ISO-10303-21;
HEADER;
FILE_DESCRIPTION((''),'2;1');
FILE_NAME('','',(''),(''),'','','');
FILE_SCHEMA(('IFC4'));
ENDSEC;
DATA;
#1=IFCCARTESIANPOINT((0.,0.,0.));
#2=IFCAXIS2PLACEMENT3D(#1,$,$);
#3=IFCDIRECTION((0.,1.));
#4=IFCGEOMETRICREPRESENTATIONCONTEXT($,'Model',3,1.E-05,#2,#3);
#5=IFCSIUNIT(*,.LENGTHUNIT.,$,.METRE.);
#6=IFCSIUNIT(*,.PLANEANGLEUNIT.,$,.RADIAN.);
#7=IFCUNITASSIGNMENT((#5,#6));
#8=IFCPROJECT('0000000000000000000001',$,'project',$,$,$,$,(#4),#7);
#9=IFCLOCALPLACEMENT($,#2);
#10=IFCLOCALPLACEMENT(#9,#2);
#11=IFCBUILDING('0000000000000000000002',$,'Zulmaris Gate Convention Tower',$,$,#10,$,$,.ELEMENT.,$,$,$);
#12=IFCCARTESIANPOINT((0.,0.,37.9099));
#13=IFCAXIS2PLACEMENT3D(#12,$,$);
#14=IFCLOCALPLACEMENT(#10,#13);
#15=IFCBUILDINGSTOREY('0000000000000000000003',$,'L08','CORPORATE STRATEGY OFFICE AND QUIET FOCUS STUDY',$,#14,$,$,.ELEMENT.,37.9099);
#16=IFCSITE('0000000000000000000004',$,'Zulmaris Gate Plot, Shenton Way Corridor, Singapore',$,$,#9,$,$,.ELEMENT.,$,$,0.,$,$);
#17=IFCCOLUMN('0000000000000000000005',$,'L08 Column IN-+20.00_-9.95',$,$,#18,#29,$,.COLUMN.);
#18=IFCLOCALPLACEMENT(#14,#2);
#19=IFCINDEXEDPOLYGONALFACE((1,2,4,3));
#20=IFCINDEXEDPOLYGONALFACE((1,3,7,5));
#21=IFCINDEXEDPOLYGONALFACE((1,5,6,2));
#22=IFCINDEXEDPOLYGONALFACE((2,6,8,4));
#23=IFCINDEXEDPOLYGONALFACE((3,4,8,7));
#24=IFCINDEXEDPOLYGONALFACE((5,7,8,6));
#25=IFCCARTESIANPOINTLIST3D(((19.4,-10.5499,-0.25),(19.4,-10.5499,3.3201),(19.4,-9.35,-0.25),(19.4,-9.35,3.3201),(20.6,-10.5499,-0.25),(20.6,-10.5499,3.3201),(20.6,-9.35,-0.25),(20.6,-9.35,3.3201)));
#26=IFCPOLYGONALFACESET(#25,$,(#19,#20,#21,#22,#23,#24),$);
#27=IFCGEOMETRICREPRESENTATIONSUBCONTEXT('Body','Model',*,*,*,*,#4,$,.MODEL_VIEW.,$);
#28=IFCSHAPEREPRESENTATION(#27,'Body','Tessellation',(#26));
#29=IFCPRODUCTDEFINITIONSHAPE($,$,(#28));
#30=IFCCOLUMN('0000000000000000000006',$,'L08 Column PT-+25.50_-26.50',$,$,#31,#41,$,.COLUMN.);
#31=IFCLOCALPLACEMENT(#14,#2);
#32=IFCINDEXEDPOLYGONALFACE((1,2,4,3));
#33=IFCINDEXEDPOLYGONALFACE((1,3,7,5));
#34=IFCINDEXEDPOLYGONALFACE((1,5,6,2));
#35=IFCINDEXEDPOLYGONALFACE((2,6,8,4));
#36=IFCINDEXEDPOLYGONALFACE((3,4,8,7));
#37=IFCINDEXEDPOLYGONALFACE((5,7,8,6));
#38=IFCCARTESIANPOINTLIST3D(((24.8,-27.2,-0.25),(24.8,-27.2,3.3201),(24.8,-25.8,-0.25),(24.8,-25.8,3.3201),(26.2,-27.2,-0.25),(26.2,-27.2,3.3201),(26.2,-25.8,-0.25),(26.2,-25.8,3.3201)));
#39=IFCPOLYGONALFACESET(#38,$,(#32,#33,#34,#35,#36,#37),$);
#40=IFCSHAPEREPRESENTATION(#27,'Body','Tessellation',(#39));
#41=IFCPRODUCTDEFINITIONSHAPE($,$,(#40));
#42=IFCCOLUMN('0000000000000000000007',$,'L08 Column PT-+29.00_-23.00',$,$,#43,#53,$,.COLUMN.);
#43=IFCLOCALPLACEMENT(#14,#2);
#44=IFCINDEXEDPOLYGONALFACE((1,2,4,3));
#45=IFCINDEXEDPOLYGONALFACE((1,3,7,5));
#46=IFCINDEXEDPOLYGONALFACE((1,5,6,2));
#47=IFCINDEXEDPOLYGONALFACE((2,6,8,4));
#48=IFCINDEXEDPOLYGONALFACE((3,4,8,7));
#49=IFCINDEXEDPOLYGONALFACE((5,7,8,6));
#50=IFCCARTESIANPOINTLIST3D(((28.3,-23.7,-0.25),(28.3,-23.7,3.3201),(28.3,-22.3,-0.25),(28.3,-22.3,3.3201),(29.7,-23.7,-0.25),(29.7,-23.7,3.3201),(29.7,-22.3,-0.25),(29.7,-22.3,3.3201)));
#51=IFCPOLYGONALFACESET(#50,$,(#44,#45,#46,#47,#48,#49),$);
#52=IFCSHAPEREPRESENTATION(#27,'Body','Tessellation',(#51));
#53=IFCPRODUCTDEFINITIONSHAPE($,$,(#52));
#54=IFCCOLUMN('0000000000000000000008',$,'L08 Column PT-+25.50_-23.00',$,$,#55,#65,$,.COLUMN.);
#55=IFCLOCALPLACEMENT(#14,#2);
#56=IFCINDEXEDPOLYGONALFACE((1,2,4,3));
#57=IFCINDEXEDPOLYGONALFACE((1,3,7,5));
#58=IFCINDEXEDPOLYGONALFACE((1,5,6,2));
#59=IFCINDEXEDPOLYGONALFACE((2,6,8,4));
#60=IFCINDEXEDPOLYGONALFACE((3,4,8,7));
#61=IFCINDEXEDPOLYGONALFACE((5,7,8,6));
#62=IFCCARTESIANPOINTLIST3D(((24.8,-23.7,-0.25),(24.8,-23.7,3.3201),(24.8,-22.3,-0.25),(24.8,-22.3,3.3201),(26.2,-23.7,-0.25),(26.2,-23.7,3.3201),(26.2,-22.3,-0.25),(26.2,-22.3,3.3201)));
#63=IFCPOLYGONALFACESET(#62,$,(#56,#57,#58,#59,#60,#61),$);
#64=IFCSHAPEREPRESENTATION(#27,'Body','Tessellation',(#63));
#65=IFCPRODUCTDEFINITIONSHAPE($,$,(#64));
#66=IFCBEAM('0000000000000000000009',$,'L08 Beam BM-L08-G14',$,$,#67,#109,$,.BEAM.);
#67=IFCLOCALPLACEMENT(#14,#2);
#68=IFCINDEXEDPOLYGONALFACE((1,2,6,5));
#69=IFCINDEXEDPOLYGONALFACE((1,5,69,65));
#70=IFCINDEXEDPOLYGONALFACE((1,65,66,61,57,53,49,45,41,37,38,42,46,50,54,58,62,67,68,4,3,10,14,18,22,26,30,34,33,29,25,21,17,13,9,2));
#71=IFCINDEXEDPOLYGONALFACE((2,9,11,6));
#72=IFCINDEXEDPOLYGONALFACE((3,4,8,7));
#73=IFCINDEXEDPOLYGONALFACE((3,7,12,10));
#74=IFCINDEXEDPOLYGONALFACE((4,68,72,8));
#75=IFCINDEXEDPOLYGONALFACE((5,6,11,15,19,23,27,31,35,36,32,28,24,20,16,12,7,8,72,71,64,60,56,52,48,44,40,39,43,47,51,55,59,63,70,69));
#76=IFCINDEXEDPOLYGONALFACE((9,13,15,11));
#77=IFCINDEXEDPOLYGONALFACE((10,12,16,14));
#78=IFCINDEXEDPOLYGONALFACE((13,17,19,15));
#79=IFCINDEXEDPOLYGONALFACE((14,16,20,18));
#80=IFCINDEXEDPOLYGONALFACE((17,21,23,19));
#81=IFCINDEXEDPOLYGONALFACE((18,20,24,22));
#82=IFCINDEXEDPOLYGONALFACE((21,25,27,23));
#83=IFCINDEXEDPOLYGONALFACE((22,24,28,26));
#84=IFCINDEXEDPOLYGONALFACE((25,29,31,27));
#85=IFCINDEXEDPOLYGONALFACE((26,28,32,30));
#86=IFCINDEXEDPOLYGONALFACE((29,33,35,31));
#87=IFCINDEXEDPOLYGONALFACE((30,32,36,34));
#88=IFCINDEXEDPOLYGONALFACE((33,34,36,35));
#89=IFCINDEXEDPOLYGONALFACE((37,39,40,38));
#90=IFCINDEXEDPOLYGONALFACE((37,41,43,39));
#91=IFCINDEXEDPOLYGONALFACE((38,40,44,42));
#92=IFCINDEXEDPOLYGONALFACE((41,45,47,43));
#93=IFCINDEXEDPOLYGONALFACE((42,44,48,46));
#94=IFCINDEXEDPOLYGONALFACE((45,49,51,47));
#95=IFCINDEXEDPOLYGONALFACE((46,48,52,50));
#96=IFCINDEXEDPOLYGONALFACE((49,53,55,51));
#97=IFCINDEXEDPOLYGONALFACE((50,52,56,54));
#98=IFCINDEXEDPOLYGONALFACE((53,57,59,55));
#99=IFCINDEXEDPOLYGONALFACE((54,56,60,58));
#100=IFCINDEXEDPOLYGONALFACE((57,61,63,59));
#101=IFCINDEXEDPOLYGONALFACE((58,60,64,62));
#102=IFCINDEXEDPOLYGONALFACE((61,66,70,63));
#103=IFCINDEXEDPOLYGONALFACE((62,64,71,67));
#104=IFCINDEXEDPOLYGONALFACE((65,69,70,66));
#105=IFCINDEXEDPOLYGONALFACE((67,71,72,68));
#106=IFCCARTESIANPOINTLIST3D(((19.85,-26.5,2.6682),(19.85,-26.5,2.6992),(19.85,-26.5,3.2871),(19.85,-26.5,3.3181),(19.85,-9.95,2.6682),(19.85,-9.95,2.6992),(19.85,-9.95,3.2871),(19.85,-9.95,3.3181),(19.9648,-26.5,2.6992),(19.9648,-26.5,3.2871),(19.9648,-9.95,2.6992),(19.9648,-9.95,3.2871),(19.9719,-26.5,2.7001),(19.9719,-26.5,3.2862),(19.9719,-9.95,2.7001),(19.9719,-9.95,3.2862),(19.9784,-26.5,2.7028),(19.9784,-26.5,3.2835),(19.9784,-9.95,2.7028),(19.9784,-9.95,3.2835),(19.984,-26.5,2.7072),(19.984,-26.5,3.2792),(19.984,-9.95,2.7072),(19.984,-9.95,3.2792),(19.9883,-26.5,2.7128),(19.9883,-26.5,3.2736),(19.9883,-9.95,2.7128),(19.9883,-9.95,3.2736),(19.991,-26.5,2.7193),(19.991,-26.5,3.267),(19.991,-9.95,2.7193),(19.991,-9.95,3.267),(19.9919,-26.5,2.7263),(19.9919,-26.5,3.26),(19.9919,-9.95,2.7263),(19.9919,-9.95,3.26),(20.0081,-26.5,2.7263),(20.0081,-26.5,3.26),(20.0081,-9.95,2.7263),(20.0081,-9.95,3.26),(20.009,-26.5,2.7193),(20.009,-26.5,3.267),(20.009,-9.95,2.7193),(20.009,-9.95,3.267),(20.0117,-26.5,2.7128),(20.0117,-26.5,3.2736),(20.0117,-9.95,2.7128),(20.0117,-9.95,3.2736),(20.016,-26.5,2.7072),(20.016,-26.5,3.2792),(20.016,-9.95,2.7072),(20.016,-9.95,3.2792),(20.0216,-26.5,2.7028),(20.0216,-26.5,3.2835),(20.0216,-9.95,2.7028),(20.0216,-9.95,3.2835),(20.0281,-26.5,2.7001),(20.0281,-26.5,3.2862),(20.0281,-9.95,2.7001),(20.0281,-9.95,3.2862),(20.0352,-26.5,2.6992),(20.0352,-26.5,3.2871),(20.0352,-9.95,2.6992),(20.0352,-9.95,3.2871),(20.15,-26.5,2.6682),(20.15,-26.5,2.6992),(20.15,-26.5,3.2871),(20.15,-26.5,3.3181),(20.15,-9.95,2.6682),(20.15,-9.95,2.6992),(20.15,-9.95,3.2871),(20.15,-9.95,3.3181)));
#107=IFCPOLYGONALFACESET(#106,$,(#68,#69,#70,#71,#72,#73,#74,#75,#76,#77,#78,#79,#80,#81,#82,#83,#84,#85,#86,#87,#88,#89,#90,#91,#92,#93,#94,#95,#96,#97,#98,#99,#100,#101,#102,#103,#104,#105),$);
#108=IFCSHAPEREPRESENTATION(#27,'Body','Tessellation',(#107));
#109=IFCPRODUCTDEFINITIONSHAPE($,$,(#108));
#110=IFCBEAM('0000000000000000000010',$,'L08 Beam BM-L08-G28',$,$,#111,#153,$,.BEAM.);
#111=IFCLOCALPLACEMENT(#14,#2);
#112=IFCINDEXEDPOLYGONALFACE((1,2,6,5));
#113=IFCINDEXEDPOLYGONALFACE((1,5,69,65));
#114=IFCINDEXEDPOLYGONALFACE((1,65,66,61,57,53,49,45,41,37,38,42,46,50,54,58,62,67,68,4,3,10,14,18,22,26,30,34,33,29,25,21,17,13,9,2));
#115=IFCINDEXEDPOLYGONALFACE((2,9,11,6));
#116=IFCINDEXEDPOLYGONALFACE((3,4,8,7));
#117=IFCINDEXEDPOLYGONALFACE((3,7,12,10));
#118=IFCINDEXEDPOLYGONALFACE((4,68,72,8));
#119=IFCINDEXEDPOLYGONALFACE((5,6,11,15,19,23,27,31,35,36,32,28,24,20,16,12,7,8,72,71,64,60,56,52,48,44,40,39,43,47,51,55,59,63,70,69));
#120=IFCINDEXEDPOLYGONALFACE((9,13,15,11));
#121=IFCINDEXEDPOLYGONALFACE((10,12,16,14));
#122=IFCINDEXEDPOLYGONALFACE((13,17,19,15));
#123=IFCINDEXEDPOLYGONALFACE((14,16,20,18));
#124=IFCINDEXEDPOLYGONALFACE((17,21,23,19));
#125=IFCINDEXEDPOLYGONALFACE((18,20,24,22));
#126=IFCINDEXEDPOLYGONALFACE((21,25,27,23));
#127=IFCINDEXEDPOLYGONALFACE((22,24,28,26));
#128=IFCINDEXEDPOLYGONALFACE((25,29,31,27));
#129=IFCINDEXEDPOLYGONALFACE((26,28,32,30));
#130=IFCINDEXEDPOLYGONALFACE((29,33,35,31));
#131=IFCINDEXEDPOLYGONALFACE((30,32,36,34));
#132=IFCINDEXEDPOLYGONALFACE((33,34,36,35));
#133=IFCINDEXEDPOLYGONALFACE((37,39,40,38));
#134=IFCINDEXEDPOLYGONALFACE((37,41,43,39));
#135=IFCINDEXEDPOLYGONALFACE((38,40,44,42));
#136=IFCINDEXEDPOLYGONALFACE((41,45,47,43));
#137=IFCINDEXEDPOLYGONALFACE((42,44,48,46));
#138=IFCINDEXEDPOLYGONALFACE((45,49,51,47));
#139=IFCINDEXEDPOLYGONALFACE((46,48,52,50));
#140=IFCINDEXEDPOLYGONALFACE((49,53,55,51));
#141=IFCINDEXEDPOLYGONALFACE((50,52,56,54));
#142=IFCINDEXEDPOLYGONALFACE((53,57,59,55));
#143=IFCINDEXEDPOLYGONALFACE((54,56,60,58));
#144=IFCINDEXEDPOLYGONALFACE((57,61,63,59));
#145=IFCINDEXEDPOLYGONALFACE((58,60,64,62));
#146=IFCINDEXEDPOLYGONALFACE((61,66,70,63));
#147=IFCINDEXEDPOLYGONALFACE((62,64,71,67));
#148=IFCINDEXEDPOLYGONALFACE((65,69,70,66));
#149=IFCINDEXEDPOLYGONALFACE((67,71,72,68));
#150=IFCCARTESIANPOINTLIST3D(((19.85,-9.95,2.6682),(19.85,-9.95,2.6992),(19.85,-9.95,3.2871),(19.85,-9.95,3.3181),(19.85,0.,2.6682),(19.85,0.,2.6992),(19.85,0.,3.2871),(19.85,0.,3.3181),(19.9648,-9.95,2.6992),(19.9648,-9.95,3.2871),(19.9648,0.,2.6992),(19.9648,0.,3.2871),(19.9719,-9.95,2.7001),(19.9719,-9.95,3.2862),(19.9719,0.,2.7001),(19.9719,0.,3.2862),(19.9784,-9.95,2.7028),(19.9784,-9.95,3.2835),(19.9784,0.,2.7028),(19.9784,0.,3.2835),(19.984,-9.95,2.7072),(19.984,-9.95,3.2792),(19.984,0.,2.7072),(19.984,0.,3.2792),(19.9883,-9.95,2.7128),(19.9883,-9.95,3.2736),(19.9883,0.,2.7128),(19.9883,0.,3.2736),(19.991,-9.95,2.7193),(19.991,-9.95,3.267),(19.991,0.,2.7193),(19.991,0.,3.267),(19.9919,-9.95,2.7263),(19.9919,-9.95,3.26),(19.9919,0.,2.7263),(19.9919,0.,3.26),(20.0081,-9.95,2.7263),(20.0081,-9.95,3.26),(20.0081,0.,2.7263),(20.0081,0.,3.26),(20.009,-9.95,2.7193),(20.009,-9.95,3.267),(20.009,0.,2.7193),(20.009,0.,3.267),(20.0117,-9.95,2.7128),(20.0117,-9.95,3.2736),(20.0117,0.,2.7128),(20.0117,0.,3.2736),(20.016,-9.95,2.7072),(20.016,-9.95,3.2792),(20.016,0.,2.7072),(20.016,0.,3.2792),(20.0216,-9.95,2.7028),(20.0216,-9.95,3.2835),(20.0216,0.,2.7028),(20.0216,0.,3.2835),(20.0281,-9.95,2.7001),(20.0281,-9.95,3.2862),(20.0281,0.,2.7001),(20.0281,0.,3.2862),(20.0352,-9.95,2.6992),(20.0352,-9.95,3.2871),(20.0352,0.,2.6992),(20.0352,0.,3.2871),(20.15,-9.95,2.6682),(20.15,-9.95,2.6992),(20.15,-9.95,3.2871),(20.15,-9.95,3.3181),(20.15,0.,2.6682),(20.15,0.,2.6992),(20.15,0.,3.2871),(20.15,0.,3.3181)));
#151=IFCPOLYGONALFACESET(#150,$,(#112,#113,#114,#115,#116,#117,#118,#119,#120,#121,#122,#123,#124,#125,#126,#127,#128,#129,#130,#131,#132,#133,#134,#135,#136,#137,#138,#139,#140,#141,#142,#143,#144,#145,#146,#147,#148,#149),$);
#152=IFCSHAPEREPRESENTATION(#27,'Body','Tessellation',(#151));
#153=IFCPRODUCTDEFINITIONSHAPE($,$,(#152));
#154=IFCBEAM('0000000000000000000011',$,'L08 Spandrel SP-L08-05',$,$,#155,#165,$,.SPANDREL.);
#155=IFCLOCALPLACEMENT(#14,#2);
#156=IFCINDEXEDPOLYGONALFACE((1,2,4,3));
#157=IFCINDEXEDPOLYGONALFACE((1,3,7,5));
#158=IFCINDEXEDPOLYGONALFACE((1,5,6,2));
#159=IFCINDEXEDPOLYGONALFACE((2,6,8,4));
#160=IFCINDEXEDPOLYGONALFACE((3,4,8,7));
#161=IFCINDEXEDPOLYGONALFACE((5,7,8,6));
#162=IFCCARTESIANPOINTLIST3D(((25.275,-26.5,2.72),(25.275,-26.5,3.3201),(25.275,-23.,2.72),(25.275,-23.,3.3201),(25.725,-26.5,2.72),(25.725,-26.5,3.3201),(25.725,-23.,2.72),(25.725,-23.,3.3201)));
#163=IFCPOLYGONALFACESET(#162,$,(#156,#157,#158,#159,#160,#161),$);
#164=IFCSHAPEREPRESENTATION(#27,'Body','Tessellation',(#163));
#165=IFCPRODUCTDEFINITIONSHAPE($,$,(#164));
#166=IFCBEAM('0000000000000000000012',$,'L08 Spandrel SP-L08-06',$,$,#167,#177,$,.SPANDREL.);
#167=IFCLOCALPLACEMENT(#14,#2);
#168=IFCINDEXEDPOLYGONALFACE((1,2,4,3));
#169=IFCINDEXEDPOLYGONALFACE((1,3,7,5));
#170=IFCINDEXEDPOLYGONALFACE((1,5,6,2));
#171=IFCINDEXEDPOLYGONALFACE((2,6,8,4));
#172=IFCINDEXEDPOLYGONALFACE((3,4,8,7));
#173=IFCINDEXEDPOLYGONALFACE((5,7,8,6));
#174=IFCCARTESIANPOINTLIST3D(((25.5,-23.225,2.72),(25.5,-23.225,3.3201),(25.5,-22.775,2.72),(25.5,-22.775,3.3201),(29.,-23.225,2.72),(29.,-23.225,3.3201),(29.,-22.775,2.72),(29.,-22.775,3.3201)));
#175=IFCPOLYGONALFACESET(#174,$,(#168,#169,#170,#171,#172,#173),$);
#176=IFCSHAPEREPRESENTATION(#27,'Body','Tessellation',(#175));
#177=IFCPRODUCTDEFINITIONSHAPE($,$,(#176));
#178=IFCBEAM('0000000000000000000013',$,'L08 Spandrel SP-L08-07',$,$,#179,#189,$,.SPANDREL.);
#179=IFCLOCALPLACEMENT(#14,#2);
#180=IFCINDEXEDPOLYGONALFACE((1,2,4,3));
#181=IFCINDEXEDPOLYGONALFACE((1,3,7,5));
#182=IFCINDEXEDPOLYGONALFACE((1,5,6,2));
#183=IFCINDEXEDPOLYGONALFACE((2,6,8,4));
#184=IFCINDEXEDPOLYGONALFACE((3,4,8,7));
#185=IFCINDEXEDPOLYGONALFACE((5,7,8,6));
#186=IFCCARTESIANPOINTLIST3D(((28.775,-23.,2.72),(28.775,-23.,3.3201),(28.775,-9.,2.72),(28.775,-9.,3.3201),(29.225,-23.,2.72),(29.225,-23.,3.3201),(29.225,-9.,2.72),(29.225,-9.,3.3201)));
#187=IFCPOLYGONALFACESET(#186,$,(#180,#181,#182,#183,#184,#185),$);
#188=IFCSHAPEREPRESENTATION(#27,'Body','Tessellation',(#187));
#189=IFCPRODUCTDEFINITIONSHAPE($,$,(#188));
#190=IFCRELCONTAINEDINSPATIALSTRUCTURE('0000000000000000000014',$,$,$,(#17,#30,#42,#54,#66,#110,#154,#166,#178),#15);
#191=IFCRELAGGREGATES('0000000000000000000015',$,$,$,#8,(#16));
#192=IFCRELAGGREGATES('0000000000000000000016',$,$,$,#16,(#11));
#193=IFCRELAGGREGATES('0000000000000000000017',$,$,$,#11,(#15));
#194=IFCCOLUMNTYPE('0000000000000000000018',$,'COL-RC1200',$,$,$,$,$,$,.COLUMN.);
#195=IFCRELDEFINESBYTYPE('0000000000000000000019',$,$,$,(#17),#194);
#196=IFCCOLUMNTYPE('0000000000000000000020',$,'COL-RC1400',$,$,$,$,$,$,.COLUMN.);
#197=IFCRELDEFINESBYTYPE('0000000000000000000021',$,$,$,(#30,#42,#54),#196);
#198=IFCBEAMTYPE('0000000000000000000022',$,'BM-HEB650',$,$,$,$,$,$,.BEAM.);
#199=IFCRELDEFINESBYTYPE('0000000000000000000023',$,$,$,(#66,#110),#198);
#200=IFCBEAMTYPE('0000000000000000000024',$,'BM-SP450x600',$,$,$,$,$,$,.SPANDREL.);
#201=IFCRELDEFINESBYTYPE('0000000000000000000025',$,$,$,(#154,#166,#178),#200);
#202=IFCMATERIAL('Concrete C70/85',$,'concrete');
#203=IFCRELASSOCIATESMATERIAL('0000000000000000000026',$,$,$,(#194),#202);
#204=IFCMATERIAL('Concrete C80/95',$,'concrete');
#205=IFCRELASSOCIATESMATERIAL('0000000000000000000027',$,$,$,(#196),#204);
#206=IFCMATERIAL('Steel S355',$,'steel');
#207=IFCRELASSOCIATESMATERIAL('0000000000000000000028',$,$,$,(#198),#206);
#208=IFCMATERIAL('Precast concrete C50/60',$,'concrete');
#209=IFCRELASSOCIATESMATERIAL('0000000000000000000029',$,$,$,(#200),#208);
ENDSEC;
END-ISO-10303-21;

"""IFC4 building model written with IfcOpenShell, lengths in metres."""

from ifc_helpers import new_model, si_unit, direction, frame, origin, origin_2d, place, context, subcontext, project, spatial, rectangle, i_section, extrude, material, material_profile, profile_set, type_object, element, save


model = new_model("IFC4")

# Units and contexts
model_context = context("Model", 3, precision=1e-05, world=origin(), true_north=direction((0.0, 1.0)))
body_context = subcontext(model_context, "Body", "Model", "MODEL_VIEW")
ifc_project = project(units=[si_unit("LENGTHUNIT", "METRE"), si_unit("PLANEANGLEUNIT", "RADIAN")], contexts=[model_context])

# Site, building, storey
site_placement = place(None, origin())
site = spatial("IfcSite", under=ifc_project, at=site_placement, Name="Zulmaris Gate Plot, Shenton Way Corridor, Singapore", CompositionType="ELEMENT", RefElevation=0.0)
building_placement = place(site_placement, origin())
building = spatial("IfcBuilding", under=site, at=building_placement, Name="Zulmaris Gate Convention Tower", CompositionType="ELEMENT")
storey_placement = place(building_placement, frame((0.0, 0.0, 37.9099)))
storey = spatial("IfcBuildingStorey", under=building, at=storey_placement, Name="L08", Description="CORPORATE STRATEGY OFFICE AND QUIET FOCUS STUDY", CompositionType="ELEMENT", Elevation=37.9099)

# Columns
ifc_material_1 = material(Name="Concrete C70/85", Category="concrete")
ifc_material_profile_1 = material_profile(ifc_material_1, rectangle(XDim=1.2, YDim=1.2, at=origin_2d()), Name="RC COL 1200x1200")
ifc_profile_set_1 = profile_set([ifc_material_profile_1], Name="Concrete C70/85")
column_type_1 = type_object("IfcColumnType", Name="COL-RC1200", PredefinedType="COLUMN", material=ifc_profile_set_1)
column_placement = place(storey_placement, frame((20.0, -9.95, -0.25), z_axis=(0.0, 0.0, 1.0), x_axis=(1.0, 0.0, 0.0)))
element("IfcColumn", 1, at=column_placement, inside=storey, type_object=column_type_1, Name="L08 Column IN-+20.00_-9.95", PredefinedType="COLUMN", context=body_context, shape_type="SweptSolid", body=[
    extrude(rectangle(XDim=1.2, YDim=1.2, at=origin_2d()), origin(), (0.0, 0.0, 1.0), 3.5701),
])
ifc_material_2 = material(Name="Concrete C80/95", Category="concrete")
ifc_material_profile_2 = material_profile(ifc_material_2, rectangle(XDim=1.3999, YDim=1.3999, at=origin_2d()), Name="RC COL 1400x1400")
ifc_profile_set_2 = profile_set([ifc_material_profile_2], Name="Concrete C80/95")
column_type_2 = type_object("IfcColumnType", Name="COL-RC1400", PredefinedType="COLUMN", material=ifc_profile_set_2)
for number, where, z_axis, x_axis, name in (
    (2, (25.5, -26.5, -0.25), (0.0, 0.0, 1.0), (1.0, 0.0, 0.0), "L08 Column PT-+25.50_-26.50"),
    (3, (29.0, -23.0, -0.25), (0.0, 0.0, 1.0), (1.0, 0.0, 0.0), "L08 Column PT-+29.00_-23.00"),
    (4, (25.5, -23.0, -0.25), (0.0, 0.0, 1.0), (1.0, 0.0, 0.0), "L08 Column PT-+25.50_-23.00"),
):
    element("IfcColumn", number, at=place(storey_placement, frame(where, z_axis=z_axis, x_axis=x_axis)), inside=storey, type_object=column_type_2, Name=name, PredefinedType="COLUMN", context=body_context, shape_type="SweptSolid", body=[
        extrude(rectangle(XDim=1.3999, YDim=1.3999, at=origin_2d()), origin(), (0.0, 0.0, 1.0), 3.5701),
    ])

# Beams
ifc_material_3 = material(Name="Steel S355", Category="steel")
ifc_material_profile_3 = material_profile(ifc_material_3, i_section(OverallWidth=0.3, OverallDepth=0.6499, WebThickness=0.0161, FlangeThickness=0.031, FilletRadius=0.0271, at=origin_2d()), Name="HEB 650")
ifc_profile_set_3 = profile_set([ifc_material_profile_3], Name="Steel S355")
beam_type_1 = type_object("IfcBeamType", Name="BM-HEB650", PredefinedType="BEAM", material=ifc_profile_set_3)
beam_1_placement = place(storey_placement, frame((20.0, -26.5, 2.9932), z_axis=(0.0, 1.0, 0.0), x_axis=(-1.0, 0.0, 0.0)))
element("IfcBeam", 5, at=beam_1_placement, inside=storey, type_object=beam_type_1, Name="L08 Beam BM-L08-G14", PredefinedType="BEAM", context=body_context, shape_type="SweptSolid", body=[
    extrude(i_section(OverallWidth=0.3, OverallDepth=0.6499, WebThickness=0.0161, FlangeThickness=0.031, FilletRadius=0.0271, at=origin_2d()), origin(), (0.0, 0.0, 1.0), 16.55),
])
beam_2_placement = place(storey_placement, frame((20.0, -9.95, 2.9932), z_axis=(0.0, 1.0, 0.0), x_axis=(-1.0, 0.0, 0.0)))
element("IfcBeam", 6, at=beam_2_placement, inside=storey, type_object=beam_type_1, Name="L08 Beam BM-L08-G28", PredefinedType="BEAM", context=body_context, shape_type="SweptSolid", body=[
    extrude(i_section(OverallWidth=0.3, OverallDepth=0.6499, WebThickness=0.0161, FlangeThickness=0.031, FilletRadius=0.0271, at=origin_2d()), origin(), (0.0, 0.0, 1.0), 9.95),
])
ifc_material_4 = material(Name="Precast concrete C50/60", Category="concrete")
ifc_material_profile_4 = material_profile(ifc_material_4, rectangle(XDim=0.45, YDim=0.6001, at=origin_2d()), Name="RC SPANDREL 450x600")
ifc_profile_set_4 = profile_set([ifc_material_profile_4], Name="Precast concrete C50/60")
beam_type_2 = type_object("IfcBeamType", Name="BM-SP450x600", PredefinedType="SPANDREL", material=ifc_profile_set_4)
for number, where, z_axis, x_axis, name in (
    (7, (25.5, -26.5, 3.02), (0.0, 1.0, 0.0), (-1.0, 0.0, 0.0), "L08 Spandrel SP-L08-05"),
    (8, (25.5, -23.0, 3.02), (1.0, 0.0, 0.0), (0.0, 1.0, 0.0), "L08 Spandrel SP-L08-06"),
):
    element("IfcBeam", number, at=place(storey_placement, frame(where, z_axis=z_axis, x_axis=x_axis)), inside=storey, type_object=beam_type_2, Name=name, PredefinedType="SPANDREL", context=body_context, shape_type="SweptSolid", body=[
        extrude(rectangle(XDim=0.45, YDim=0.6001, at=origin_2d()), origin(), (0.0, 0.0, 1.0), 3.5),
    ])
beam_3_placement = place(storey_placement, frame((29.0, -23.0, 3.02), z_axis=(0.0, 1.0, 0.0), x_axis=(-1.0, 0.0, 0.0)))
element("IfcBeam", 9, at=beam_3_placement, inside=storey, type_object=beam_type_2, Name="L08 Spandrel SP-L08-07", PredefinedType="SPANDREL", context=body_context, shape_type="SweptSolid", body=[
    extrude(rectangle(XDim=0.45, YDim=0.6001, at=origin_2d()), origin(), (0.0, 0.0, 1.0), 14.0),
])

save(model, "model.ifc")
